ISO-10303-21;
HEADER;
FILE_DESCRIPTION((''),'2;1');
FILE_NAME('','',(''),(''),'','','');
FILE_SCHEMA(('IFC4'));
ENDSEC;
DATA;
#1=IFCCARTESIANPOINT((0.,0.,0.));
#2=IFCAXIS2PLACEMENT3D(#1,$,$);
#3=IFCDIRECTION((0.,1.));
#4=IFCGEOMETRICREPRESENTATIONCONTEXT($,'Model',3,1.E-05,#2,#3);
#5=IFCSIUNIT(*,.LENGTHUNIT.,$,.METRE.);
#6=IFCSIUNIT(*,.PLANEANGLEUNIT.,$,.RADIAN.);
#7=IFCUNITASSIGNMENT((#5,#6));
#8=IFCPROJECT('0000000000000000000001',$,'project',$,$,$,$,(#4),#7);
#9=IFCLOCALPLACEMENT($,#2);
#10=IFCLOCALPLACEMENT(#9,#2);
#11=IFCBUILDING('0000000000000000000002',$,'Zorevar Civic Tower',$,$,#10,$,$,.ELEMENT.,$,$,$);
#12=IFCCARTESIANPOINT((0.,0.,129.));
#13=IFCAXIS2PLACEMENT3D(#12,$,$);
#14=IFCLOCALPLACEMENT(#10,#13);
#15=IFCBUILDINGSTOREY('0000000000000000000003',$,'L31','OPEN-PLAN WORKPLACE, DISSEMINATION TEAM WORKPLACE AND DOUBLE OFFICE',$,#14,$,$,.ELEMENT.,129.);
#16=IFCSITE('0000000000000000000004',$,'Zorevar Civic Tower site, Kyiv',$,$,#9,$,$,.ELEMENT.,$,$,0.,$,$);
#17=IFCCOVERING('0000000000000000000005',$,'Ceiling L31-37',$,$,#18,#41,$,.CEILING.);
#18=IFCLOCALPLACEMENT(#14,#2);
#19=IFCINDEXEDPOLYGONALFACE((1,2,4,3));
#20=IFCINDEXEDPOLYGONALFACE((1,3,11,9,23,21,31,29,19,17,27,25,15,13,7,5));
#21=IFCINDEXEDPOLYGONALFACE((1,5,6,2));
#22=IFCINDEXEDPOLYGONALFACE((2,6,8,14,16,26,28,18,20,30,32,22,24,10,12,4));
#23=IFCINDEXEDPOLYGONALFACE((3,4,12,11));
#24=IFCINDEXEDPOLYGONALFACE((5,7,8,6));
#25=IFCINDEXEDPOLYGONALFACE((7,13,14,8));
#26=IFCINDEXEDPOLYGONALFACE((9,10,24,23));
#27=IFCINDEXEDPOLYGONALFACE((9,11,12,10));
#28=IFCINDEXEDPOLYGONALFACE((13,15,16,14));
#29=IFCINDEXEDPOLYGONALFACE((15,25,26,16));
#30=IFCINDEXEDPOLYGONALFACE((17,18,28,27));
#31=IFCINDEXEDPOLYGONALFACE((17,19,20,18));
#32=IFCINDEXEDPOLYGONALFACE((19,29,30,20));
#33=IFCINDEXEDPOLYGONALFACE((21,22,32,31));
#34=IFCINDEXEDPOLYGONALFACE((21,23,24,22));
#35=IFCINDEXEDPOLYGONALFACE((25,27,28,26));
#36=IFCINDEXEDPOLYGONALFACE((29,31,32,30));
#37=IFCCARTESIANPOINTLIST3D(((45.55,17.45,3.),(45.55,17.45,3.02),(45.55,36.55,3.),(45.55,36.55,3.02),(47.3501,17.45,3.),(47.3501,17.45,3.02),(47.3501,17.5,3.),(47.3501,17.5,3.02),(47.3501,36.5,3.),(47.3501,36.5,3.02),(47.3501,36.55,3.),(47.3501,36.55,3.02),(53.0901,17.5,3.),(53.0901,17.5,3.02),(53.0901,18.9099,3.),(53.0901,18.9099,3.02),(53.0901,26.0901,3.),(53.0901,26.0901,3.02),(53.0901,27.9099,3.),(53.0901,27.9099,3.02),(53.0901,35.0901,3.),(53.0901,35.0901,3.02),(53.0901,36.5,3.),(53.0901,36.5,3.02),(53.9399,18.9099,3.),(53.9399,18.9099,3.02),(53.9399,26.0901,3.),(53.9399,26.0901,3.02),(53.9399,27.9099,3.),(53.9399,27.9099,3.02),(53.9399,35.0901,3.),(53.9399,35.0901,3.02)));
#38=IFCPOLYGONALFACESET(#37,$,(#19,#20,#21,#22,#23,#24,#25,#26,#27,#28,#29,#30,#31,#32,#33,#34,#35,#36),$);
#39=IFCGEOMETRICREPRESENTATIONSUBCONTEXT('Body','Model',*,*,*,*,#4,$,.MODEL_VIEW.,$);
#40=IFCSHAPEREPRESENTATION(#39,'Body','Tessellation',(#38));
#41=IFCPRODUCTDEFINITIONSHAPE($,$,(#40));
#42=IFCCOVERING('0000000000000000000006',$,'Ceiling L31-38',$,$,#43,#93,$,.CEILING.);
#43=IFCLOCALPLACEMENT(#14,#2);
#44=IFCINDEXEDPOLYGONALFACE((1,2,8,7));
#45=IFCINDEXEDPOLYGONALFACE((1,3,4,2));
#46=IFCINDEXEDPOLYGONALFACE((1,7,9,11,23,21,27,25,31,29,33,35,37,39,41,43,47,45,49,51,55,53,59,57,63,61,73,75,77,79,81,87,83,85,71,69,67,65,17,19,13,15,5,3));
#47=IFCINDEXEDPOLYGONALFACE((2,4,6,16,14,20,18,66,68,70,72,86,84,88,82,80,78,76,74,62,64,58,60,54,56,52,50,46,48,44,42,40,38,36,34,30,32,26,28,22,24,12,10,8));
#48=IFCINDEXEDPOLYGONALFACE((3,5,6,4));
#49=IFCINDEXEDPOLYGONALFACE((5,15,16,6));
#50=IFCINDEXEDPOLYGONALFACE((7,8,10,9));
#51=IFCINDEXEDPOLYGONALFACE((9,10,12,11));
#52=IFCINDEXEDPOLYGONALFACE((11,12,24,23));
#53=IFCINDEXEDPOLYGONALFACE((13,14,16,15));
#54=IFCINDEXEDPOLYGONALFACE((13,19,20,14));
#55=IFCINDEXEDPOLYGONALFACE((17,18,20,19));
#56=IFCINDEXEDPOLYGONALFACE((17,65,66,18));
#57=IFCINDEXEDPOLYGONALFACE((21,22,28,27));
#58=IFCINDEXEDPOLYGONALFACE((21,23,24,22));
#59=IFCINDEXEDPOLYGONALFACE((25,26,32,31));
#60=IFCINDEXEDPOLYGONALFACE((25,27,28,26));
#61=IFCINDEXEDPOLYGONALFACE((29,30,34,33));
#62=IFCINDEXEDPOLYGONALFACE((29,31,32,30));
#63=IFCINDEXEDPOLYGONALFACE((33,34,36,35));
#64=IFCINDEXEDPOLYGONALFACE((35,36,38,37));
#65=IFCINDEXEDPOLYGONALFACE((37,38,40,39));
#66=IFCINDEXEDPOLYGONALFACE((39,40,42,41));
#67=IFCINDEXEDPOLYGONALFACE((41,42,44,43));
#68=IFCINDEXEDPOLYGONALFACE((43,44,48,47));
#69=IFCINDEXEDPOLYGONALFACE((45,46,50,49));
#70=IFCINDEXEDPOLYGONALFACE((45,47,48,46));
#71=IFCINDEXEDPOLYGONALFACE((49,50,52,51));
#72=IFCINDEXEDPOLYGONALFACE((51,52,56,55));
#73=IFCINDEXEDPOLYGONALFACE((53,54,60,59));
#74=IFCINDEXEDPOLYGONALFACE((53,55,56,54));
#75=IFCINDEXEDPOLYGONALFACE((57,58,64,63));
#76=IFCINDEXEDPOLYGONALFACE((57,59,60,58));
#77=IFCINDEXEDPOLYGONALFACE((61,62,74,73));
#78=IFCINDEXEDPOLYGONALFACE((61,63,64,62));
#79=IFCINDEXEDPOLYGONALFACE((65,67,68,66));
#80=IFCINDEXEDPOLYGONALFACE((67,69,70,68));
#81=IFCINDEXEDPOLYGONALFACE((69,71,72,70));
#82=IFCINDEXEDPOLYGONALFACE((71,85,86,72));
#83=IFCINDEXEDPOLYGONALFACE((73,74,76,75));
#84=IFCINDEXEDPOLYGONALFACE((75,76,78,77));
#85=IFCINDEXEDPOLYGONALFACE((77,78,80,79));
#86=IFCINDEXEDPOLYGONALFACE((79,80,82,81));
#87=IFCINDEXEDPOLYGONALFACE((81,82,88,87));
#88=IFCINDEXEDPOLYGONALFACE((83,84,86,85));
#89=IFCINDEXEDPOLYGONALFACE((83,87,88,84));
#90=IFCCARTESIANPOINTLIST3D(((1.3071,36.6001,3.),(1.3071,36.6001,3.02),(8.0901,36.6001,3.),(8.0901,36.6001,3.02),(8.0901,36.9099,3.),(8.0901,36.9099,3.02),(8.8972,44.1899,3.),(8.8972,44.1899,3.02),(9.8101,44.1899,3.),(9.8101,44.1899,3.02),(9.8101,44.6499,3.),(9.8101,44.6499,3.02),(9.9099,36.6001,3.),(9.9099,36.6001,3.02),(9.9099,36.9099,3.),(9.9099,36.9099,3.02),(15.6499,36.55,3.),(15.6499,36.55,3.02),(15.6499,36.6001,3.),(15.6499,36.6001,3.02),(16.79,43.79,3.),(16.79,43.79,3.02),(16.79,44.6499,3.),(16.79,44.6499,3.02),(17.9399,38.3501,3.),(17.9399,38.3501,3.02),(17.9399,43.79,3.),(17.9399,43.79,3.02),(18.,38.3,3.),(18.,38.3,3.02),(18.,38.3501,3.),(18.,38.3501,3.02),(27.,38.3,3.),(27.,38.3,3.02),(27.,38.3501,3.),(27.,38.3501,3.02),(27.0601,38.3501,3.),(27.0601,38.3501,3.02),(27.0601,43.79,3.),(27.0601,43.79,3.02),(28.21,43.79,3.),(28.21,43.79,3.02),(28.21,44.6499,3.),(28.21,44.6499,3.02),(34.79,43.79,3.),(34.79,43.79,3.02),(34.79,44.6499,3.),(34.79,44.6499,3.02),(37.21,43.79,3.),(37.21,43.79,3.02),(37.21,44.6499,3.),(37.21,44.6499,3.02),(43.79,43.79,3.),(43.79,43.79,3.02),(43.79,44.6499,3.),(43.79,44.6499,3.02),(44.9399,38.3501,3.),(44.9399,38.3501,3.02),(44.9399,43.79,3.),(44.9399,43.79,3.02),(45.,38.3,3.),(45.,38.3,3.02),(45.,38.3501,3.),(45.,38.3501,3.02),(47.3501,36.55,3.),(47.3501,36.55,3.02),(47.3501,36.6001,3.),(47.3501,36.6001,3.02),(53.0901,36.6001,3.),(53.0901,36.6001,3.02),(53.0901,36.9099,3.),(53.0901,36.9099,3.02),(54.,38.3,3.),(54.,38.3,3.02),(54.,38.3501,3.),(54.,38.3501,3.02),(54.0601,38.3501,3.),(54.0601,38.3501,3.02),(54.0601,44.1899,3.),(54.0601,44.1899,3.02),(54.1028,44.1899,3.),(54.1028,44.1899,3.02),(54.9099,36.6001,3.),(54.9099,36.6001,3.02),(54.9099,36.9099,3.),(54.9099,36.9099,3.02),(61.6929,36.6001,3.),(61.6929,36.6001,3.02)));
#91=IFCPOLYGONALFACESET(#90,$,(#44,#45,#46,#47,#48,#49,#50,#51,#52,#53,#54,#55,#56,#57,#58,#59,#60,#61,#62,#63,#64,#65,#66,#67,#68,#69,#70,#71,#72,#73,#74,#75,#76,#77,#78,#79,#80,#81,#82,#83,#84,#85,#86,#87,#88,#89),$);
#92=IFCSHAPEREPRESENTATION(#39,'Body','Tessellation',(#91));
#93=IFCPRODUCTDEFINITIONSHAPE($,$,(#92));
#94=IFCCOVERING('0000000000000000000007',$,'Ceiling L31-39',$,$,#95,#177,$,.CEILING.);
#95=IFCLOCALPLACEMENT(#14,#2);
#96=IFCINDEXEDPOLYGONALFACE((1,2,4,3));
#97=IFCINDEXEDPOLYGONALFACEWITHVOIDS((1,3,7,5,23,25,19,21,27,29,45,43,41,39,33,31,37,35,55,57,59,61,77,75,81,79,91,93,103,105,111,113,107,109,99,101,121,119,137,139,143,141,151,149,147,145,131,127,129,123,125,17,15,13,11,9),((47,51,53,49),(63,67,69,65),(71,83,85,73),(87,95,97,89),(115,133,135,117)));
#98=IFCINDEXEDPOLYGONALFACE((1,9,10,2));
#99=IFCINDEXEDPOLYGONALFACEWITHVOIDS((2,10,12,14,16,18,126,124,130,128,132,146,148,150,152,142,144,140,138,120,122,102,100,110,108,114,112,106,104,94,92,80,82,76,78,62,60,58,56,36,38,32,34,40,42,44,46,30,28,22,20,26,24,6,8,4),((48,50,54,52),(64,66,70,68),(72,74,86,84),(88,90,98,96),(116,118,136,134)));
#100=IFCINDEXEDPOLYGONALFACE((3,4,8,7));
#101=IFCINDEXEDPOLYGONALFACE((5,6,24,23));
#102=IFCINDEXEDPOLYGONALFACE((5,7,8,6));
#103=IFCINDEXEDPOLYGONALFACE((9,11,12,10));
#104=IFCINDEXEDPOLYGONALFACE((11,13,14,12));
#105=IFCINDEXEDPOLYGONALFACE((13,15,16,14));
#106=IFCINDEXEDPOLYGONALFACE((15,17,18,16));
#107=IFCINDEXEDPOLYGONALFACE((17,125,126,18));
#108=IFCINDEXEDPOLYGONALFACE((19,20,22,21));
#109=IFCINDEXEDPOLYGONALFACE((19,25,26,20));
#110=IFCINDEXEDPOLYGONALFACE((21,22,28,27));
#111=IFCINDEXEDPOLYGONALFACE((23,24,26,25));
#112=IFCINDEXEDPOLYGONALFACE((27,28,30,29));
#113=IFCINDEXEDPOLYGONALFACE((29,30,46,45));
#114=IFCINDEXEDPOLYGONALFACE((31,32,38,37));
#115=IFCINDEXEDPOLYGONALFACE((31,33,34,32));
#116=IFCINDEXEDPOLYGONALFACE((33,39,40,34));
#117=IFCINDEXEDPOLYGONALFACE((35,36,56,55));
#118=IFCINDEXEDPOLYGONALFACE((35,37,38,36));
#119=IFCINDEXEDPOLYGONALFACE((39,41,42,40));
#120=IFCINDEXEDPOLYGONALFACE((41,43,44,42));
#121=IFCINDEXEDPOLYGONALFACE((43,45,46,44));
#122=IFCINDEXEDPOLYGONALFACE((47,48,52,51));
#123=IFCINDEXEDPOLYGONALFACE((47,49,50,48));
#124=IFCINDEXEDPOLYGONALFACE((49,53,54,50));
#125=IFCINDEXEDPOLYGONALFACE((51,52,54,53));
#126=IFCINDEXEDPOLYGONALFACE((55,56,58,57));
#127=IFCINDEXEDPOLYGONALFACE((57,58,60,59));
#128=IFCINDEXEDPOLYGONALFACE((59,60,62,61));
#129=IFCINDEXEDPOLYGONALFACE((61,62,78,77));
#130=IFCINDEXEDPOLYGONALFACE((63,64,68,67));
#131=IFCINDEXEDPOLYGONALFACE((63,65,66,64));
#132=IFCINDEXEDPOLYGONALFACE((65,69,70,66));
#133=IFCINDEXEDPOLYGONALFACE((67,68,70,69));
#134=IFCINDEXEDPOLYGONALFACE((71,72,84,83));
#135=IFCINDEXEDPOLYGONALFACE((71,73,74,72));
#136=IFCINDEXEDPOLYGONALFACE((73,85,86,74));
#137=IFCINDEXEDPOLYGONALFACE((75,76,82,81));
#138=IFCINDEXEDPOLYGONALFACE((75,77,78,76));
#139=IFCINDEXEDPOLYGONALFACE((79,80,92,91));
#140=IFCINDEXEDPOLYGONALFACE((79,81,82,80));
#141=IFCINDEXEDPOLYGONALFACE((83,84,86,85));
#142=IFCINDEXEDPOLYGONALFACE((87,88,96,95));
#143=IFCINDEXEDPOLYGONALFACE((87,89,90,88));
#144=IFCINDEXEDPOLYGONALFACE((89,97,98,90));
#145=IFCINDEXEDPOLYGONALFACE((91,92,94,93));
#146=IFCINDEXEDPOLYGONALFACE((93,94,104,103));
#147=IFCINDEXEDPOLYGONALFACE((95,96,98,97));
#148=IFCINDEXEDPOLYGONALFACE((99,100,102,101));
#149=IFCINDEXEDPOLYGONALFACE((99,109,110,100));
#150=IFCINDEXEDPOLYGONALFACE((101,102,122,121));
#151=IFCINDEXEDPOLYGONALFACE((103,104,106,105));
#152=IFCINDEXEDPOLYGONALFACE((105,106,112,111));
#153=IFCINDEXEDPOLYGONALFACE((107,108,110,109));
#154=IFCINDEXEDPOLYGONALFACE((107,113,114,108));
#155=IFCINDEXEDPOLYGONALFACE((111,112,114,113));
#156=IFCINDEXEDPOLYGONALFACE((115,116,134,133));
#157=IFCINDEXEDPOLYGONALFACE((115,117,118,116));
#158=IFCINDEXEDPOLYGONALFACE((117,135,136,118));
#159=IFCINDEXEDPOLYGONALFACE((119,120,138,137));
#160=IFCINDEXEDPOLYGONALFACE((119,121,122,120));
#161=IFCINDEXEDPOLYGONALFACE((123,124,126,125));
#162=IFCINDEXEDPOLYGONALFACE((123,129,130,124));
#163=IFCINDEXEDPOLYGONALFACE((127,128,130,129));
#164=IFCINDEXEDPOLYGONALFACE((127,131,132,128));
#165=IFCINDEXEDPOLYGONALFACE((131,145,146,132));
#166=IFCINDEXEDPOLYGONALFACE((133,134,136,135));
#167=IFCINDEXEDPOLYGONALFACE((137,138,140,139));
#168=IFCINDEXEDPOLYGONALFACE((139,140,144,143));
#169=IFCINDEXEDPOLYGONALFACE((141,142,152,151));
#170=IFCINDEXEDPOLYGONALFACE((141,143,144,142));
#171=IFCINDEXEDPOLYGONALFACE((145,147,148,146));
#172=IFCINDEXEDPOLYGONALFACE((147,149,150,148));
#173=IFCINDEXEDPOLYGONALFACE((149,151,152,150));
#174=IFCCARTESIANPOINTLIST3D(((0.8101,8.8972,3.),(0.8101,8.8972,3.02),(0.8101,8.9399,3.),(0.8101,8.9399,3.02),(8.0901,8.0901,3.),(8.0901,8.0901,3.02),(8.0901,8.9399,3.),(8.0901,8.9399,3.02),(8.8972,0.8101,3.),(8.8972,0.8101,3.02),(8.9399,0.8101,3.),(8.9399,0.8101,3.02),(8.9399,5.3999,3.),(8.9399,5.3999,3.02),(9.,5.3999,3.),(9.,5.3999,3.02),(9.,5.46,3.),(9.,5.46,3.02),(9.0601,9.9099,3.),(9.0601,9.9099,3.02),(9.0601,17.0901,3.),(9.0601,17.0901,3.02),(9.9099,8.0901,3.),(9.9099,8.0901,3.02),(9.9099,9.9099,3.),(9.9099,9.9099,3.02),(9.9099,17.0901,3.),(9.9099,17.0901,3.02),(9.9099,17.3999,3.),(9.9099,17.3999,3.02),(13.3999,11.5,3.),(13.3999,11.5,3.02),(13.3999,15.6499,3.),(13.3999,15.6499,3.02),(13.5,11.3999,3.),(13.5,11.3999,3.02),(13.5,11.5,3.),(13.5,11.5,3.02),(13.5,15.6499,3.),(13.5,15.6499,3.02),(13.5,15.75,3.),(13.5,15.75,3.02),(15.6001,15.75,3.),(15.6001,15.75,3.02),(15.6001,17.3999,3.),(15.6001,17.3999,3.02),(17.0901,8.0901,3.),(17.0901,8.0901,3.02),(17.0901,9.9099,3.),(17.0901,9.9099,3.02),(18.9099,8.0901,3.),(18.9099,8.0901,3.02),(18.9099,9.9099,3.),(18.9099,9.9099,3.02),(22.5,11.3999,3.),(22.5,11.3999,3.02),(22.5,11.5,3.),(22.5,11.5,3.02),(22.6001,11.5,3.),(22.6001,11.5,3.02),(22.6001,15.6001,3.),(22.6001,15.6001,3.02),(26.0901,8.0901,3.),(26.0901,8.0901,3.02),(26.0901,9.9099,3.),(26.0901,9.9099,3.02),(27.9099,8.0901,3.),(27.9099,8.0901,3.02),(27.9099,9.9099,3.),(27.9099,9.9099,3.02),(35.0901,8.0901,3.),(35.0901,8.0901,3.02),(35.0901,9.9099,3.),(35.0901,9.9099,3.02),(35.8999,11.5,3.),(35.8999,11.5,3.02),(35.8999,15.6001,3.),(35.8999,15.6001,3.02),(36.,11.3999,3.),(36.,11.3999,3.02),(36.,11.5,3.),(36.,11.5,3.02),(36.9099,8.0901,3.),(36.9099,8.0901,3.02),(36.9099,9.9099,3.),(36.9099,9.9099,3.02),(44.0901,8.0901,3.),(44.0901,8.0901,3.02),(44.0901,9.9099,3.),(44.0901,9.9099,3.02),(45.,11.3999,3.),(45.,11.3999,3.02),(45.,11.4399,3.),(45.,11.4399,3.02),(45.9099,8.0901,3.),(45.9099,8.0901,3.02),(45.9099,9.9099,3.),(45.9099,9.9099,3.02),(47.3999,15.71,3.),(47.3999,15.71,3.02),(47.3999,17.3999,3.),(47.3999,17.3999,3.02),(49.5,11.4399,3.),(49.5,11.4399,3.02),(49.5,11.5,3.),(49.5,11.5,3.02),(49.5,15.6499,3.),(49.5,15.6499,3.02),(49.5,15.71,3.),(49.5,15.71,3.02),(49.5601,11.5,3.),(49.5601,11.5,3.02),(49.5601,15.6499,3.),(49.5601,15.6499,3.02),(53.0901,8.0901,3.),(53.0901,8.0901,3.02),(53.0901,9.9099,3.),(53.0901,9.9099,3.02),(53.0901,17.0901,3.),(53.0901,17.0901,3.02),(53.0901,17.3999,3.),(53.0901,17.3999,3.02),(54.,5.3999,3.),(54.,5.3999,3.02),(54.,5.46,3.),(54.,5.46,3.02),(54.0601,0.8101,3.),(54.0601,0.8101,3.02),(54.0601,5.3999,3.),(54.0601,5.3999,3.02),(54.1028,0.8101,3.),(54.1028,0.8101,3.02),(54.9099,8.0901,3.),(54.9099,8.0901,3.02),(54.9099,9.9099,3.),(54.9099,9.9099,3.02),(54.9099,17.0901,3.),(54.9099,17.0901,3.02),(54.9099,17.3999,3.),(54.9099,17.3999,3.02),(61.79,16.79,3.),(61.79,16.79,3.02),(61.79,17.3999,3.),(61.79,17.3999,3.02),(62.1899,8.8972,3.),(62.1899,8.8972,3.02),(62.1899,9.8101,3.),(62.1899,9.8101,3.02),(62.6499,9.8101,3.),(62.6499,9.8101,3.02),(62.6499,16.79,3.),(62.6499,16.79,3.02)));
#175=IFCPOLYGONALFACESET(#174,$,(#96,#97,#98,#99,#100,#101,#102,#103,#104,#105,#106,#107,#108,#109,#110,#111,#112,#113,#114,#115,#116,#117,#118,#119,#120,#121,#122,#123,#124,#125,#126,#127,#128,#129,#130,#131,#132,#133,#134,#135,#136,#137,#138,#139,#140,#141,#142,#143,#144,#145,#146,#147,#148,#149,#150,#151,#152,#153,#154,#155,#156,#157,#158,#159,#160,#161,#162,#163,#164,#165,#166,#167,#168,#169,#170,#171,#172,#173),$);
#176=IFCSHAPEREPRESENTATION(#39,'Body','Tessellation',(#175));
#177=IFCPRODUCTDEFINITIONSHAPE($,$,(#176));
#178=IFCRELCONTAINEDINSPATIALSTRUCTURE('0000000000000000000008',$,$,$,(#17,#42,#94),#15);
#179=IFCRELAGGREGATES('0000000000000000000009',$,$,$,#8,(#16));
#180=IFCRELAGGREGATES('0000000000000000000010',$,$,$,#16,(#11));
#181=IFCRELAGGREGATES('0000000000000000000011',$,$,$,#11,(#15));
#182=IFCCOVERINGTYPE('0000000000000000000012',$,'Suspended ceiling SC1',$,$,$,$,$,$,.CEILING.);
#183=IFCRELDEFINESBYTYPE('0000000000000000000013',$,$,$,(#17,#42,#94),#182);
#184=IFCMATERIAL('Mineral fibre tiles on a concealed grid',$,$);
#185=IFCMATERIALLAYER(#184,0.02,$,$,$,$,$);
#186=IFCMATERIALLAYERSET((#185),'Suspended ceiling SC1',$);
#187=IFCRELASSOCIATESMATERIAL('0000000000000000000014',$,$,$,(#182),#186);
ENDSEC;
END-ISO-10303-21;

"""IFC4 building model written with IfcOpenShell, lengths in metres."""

from ifc_helpers import new_model, si_unit, direction, frame, origin, place, context, subcontext, project, spatial, polyline, outline, extrude, material, layer, layer_set, type_object, element, save


model = new_model("IFC4")

# Units and contexts
model_context = context("Model", 3, precision=1e-05, world=origin(), true_north=direction((0.0, 1.0)))
body_context = subcontext(model_context, "Body", "Model", "MODEL_VIEW")
ifc_project = project(units=[si_unit("LENGTHUNIT", "METRE"), si_unit("PLANEANGLEUNIT", "RADIAN")], contexts=[model_context])

# Site, building, storey
site_placement = place(None, origin())
site = spatial("IfcSite", under=ifc_project, at=site_placement, Name="Zorevar Civic Tower site, Kyiv", CompositionType="ELEMENT", RefElevation=0.0)
building_placement = place(site_placement, origin())
building = spatial("IfcBuilding", under=site, at=building_placement, Name="Zorevar Civic Tower", CompositionType="ELEMENT")
storey_placement = place(building_placement, frame((0.0, 0.0, 129.0)))
storey = spatial("IfcBuildingStorey", under=building, at=storey_placement, Name="L31", Description="OPEN-PLAN WORKPLACE, DISSEMINATION TEAM WORKPLACE AND DOUBLE OFFICE", CompositionType="ELEMENT", Elevation=129.0)

# Coverings
ifc_material_1 = material(Name="Mineral fibre tiles on a concealed grid")
ifc_layer_1 = layer(ifc_material_1, 0.02)
ifc_layer_set_1 = layer_set([ifc_layer_1], Name="Suspended ceiling SC1")
covering_type_1 = type_object("IfcCoveringType", Name="Suspended ceiling SC1", PredefinedType="CEILING", material=ifc_layer_set_1)
covering_1_placement = place(storey_placement, frame((0.0, 0.0, 3.0)))
element("IfcCovering", 1, at=covering_1_placement, inside=storey, type_object=covering_type_1, Name="Ceiling L31-37", PredefinedType="CEILING", context=body_context, shape_type="SweptSolid", body=[
    extrude(outline(polyline([(53.0901, 18.9099), (53.0901, 17.5), (47.3501, 17.5), (47.3501, 17.45), (45.55, 17.45), (45.55, 36.55), (47.3501, 36.55), (47.3501, 36.5), (53.0901, 36.5), (53.0901, 35.0901), (53.9399, 35.0901), (53.9399, 27.9099), (53.0901, 27.9099), (53.0901, 26.0901), (53.9399, 26.0901), (53.9399, 18.9099), (53.0901, 18.9099)])), origin(), (0.0, 0.0, 1.0), 0.02),
])
covering_2_placement = place(storey_placement, frame((0.0, 0.0, 3.0)))
element("IfcCovering", 2, at=covering_2_placement, inside=storey, type_object=covering_type_1, Name="Ceiling L31-38", PredefinedType="CEILING", context=body_context, shape_type="SweptSolid", body=[
    extrude(outline(polyline([(28.21, 44.6499), (34.79, 44.6499), (34.79, 43.79), (37.21, 43.79), (37.21, 44.6499), (43.79, 44.6499), (43.79, 43.79), (44.9399, 43.79), (44.9399, 38.3501), (45.0, 38.3501), (45.0, 38.3), (54.0, 38.3), (54.0, 38.3501), (54.0601, 38.3501), (54.0601, 44.1899), (54.1028, 44.1899), (61.6929, 36.6001), (54.9099, 36.6001), (54.9099, 36.9099), (53.0901, 36.9099), (53.0901, 36.6001), (47.3501, 36.6001), (47.3501, 36.55), (15.6499, 36.55), (15.6499, 36.6001), (9.9099, 36.6001), (9.9099, 36.9099), (8.0901, 36.9099), (8.0901, 36.6001), (1.3071, 36.6001), (8.8972, 44.1899), (9.8101, 44.1899), (9.8101, 44.6499), (16.79, 44.6499), (16.79, 43.79), (17.9399, 43.79), (17.9399, 38.3501), (18.0, 38.3501), (18.0, 38.3), (27.0, 38.3), (27.0, 38.3501), (27.0601, 38.3501), (27.0601, 43.79), (28.21, 43.79), (28.21, 44.6499)])), origin(), (0.0, 0.0, 1.0), 0.02),
])
covering_3_placement = place(storey_placement, frame((0.0, 0.0, 3.0)))
element("IfcCovering", 3, at=covering_3_placement, inside=storey, type_object=covering_type_1, Name="Ceiling L31-39", PredefinedType="CEILING", context=body_context, shape_type="SweptSolid", body=[
    extrude(outline(polyline([(22.6001, 15.6001), (35.8999, 15.6001), (35.8999, 11.5), (36.0, 11.5), (36.0, 11.3999), (45.0, 11.3999), (45.0, 11.4399), (49.5, 11.4399), (49.5, 11.5), (49.5601, 11.5), (49.5601, 15.6499), (49.5, 15.6499), (49.5, 15.71), (47.3999, 15.71), (47.3999, 17.3999), (53.0901, 17.3999), (53.0901, 17.0901), (54.9099, 17.0901), (54.9099, 17.3999), (61.79, 17.3999), (61.79, 16.79), (62.6499, 16.79), (62.6499, 9.8101), (62.1899, 9.8101), (62.1899, 8.8972), (54.1028, 0.8101), (54.0601, 0.8101), (54.0601, 5.3999), (54.0, 5.3999), (54.0, 5.46), (9.0, 5.46), (9.0, 5.3999), (8.9399, 5.3999), (8.9399, 0.8101), (8.8972, 0.8101), (0.8101, 8.8972), (0.8101, 8.9399), (8.0901, 8.9399), (8.0901, 8.0901), (9.9099, 8.0901), (9.9099, 9.9099), (9.0601, 9.9099), (9.0601, 17.0901), (9.9099, 17.0901), (9.9099, 17.3999), (15.6001, 17.3999), (15.6001, 15.75), (13.5, 15.75), (13.5, 15.6499), (13.3999, 15.6499), (13.3999, 11.5), (13.5, 11.5), (13.5, 11.3999), (22.5, 11.3999), (22.5, 11.5), (22.6001, 11.5), (22.6001, 15.6001)]), holes=[polyline([(17.0901, 8.0901), (18.9099, 8.0901), (18.9099, 9.9099), (17.0901, 9.9099), (17.0901, 8.0901)]), polyline([(26.0901, 9.9099), (26.0901, 8.0901), (27.9099, 8.0901), (27.9099, 9.9099), (26.0901, 9.9099)]), polyline([(36.9099, 9.9099), (35.0901, 9.9099), (35.0901, 8.0901), (36.9099, 8.0901), (36.9099, 9.9099)]), polyline([(45.9099, 8.0901), (45.9099, 9.9099), (44.0901, 9.9099), (44.0901, 8.0901), (45.9099, 8.0901)]), polyline([(53.0901, 9.9099), (53.0901, 8.0901), (54.9099, 8.0901), (54.9099, 9.9099), (53.0901, 9.9099)])]), origin(), (0.0, 0.0, 1.0), 0.02),
])

save(model, "model.ifc")
